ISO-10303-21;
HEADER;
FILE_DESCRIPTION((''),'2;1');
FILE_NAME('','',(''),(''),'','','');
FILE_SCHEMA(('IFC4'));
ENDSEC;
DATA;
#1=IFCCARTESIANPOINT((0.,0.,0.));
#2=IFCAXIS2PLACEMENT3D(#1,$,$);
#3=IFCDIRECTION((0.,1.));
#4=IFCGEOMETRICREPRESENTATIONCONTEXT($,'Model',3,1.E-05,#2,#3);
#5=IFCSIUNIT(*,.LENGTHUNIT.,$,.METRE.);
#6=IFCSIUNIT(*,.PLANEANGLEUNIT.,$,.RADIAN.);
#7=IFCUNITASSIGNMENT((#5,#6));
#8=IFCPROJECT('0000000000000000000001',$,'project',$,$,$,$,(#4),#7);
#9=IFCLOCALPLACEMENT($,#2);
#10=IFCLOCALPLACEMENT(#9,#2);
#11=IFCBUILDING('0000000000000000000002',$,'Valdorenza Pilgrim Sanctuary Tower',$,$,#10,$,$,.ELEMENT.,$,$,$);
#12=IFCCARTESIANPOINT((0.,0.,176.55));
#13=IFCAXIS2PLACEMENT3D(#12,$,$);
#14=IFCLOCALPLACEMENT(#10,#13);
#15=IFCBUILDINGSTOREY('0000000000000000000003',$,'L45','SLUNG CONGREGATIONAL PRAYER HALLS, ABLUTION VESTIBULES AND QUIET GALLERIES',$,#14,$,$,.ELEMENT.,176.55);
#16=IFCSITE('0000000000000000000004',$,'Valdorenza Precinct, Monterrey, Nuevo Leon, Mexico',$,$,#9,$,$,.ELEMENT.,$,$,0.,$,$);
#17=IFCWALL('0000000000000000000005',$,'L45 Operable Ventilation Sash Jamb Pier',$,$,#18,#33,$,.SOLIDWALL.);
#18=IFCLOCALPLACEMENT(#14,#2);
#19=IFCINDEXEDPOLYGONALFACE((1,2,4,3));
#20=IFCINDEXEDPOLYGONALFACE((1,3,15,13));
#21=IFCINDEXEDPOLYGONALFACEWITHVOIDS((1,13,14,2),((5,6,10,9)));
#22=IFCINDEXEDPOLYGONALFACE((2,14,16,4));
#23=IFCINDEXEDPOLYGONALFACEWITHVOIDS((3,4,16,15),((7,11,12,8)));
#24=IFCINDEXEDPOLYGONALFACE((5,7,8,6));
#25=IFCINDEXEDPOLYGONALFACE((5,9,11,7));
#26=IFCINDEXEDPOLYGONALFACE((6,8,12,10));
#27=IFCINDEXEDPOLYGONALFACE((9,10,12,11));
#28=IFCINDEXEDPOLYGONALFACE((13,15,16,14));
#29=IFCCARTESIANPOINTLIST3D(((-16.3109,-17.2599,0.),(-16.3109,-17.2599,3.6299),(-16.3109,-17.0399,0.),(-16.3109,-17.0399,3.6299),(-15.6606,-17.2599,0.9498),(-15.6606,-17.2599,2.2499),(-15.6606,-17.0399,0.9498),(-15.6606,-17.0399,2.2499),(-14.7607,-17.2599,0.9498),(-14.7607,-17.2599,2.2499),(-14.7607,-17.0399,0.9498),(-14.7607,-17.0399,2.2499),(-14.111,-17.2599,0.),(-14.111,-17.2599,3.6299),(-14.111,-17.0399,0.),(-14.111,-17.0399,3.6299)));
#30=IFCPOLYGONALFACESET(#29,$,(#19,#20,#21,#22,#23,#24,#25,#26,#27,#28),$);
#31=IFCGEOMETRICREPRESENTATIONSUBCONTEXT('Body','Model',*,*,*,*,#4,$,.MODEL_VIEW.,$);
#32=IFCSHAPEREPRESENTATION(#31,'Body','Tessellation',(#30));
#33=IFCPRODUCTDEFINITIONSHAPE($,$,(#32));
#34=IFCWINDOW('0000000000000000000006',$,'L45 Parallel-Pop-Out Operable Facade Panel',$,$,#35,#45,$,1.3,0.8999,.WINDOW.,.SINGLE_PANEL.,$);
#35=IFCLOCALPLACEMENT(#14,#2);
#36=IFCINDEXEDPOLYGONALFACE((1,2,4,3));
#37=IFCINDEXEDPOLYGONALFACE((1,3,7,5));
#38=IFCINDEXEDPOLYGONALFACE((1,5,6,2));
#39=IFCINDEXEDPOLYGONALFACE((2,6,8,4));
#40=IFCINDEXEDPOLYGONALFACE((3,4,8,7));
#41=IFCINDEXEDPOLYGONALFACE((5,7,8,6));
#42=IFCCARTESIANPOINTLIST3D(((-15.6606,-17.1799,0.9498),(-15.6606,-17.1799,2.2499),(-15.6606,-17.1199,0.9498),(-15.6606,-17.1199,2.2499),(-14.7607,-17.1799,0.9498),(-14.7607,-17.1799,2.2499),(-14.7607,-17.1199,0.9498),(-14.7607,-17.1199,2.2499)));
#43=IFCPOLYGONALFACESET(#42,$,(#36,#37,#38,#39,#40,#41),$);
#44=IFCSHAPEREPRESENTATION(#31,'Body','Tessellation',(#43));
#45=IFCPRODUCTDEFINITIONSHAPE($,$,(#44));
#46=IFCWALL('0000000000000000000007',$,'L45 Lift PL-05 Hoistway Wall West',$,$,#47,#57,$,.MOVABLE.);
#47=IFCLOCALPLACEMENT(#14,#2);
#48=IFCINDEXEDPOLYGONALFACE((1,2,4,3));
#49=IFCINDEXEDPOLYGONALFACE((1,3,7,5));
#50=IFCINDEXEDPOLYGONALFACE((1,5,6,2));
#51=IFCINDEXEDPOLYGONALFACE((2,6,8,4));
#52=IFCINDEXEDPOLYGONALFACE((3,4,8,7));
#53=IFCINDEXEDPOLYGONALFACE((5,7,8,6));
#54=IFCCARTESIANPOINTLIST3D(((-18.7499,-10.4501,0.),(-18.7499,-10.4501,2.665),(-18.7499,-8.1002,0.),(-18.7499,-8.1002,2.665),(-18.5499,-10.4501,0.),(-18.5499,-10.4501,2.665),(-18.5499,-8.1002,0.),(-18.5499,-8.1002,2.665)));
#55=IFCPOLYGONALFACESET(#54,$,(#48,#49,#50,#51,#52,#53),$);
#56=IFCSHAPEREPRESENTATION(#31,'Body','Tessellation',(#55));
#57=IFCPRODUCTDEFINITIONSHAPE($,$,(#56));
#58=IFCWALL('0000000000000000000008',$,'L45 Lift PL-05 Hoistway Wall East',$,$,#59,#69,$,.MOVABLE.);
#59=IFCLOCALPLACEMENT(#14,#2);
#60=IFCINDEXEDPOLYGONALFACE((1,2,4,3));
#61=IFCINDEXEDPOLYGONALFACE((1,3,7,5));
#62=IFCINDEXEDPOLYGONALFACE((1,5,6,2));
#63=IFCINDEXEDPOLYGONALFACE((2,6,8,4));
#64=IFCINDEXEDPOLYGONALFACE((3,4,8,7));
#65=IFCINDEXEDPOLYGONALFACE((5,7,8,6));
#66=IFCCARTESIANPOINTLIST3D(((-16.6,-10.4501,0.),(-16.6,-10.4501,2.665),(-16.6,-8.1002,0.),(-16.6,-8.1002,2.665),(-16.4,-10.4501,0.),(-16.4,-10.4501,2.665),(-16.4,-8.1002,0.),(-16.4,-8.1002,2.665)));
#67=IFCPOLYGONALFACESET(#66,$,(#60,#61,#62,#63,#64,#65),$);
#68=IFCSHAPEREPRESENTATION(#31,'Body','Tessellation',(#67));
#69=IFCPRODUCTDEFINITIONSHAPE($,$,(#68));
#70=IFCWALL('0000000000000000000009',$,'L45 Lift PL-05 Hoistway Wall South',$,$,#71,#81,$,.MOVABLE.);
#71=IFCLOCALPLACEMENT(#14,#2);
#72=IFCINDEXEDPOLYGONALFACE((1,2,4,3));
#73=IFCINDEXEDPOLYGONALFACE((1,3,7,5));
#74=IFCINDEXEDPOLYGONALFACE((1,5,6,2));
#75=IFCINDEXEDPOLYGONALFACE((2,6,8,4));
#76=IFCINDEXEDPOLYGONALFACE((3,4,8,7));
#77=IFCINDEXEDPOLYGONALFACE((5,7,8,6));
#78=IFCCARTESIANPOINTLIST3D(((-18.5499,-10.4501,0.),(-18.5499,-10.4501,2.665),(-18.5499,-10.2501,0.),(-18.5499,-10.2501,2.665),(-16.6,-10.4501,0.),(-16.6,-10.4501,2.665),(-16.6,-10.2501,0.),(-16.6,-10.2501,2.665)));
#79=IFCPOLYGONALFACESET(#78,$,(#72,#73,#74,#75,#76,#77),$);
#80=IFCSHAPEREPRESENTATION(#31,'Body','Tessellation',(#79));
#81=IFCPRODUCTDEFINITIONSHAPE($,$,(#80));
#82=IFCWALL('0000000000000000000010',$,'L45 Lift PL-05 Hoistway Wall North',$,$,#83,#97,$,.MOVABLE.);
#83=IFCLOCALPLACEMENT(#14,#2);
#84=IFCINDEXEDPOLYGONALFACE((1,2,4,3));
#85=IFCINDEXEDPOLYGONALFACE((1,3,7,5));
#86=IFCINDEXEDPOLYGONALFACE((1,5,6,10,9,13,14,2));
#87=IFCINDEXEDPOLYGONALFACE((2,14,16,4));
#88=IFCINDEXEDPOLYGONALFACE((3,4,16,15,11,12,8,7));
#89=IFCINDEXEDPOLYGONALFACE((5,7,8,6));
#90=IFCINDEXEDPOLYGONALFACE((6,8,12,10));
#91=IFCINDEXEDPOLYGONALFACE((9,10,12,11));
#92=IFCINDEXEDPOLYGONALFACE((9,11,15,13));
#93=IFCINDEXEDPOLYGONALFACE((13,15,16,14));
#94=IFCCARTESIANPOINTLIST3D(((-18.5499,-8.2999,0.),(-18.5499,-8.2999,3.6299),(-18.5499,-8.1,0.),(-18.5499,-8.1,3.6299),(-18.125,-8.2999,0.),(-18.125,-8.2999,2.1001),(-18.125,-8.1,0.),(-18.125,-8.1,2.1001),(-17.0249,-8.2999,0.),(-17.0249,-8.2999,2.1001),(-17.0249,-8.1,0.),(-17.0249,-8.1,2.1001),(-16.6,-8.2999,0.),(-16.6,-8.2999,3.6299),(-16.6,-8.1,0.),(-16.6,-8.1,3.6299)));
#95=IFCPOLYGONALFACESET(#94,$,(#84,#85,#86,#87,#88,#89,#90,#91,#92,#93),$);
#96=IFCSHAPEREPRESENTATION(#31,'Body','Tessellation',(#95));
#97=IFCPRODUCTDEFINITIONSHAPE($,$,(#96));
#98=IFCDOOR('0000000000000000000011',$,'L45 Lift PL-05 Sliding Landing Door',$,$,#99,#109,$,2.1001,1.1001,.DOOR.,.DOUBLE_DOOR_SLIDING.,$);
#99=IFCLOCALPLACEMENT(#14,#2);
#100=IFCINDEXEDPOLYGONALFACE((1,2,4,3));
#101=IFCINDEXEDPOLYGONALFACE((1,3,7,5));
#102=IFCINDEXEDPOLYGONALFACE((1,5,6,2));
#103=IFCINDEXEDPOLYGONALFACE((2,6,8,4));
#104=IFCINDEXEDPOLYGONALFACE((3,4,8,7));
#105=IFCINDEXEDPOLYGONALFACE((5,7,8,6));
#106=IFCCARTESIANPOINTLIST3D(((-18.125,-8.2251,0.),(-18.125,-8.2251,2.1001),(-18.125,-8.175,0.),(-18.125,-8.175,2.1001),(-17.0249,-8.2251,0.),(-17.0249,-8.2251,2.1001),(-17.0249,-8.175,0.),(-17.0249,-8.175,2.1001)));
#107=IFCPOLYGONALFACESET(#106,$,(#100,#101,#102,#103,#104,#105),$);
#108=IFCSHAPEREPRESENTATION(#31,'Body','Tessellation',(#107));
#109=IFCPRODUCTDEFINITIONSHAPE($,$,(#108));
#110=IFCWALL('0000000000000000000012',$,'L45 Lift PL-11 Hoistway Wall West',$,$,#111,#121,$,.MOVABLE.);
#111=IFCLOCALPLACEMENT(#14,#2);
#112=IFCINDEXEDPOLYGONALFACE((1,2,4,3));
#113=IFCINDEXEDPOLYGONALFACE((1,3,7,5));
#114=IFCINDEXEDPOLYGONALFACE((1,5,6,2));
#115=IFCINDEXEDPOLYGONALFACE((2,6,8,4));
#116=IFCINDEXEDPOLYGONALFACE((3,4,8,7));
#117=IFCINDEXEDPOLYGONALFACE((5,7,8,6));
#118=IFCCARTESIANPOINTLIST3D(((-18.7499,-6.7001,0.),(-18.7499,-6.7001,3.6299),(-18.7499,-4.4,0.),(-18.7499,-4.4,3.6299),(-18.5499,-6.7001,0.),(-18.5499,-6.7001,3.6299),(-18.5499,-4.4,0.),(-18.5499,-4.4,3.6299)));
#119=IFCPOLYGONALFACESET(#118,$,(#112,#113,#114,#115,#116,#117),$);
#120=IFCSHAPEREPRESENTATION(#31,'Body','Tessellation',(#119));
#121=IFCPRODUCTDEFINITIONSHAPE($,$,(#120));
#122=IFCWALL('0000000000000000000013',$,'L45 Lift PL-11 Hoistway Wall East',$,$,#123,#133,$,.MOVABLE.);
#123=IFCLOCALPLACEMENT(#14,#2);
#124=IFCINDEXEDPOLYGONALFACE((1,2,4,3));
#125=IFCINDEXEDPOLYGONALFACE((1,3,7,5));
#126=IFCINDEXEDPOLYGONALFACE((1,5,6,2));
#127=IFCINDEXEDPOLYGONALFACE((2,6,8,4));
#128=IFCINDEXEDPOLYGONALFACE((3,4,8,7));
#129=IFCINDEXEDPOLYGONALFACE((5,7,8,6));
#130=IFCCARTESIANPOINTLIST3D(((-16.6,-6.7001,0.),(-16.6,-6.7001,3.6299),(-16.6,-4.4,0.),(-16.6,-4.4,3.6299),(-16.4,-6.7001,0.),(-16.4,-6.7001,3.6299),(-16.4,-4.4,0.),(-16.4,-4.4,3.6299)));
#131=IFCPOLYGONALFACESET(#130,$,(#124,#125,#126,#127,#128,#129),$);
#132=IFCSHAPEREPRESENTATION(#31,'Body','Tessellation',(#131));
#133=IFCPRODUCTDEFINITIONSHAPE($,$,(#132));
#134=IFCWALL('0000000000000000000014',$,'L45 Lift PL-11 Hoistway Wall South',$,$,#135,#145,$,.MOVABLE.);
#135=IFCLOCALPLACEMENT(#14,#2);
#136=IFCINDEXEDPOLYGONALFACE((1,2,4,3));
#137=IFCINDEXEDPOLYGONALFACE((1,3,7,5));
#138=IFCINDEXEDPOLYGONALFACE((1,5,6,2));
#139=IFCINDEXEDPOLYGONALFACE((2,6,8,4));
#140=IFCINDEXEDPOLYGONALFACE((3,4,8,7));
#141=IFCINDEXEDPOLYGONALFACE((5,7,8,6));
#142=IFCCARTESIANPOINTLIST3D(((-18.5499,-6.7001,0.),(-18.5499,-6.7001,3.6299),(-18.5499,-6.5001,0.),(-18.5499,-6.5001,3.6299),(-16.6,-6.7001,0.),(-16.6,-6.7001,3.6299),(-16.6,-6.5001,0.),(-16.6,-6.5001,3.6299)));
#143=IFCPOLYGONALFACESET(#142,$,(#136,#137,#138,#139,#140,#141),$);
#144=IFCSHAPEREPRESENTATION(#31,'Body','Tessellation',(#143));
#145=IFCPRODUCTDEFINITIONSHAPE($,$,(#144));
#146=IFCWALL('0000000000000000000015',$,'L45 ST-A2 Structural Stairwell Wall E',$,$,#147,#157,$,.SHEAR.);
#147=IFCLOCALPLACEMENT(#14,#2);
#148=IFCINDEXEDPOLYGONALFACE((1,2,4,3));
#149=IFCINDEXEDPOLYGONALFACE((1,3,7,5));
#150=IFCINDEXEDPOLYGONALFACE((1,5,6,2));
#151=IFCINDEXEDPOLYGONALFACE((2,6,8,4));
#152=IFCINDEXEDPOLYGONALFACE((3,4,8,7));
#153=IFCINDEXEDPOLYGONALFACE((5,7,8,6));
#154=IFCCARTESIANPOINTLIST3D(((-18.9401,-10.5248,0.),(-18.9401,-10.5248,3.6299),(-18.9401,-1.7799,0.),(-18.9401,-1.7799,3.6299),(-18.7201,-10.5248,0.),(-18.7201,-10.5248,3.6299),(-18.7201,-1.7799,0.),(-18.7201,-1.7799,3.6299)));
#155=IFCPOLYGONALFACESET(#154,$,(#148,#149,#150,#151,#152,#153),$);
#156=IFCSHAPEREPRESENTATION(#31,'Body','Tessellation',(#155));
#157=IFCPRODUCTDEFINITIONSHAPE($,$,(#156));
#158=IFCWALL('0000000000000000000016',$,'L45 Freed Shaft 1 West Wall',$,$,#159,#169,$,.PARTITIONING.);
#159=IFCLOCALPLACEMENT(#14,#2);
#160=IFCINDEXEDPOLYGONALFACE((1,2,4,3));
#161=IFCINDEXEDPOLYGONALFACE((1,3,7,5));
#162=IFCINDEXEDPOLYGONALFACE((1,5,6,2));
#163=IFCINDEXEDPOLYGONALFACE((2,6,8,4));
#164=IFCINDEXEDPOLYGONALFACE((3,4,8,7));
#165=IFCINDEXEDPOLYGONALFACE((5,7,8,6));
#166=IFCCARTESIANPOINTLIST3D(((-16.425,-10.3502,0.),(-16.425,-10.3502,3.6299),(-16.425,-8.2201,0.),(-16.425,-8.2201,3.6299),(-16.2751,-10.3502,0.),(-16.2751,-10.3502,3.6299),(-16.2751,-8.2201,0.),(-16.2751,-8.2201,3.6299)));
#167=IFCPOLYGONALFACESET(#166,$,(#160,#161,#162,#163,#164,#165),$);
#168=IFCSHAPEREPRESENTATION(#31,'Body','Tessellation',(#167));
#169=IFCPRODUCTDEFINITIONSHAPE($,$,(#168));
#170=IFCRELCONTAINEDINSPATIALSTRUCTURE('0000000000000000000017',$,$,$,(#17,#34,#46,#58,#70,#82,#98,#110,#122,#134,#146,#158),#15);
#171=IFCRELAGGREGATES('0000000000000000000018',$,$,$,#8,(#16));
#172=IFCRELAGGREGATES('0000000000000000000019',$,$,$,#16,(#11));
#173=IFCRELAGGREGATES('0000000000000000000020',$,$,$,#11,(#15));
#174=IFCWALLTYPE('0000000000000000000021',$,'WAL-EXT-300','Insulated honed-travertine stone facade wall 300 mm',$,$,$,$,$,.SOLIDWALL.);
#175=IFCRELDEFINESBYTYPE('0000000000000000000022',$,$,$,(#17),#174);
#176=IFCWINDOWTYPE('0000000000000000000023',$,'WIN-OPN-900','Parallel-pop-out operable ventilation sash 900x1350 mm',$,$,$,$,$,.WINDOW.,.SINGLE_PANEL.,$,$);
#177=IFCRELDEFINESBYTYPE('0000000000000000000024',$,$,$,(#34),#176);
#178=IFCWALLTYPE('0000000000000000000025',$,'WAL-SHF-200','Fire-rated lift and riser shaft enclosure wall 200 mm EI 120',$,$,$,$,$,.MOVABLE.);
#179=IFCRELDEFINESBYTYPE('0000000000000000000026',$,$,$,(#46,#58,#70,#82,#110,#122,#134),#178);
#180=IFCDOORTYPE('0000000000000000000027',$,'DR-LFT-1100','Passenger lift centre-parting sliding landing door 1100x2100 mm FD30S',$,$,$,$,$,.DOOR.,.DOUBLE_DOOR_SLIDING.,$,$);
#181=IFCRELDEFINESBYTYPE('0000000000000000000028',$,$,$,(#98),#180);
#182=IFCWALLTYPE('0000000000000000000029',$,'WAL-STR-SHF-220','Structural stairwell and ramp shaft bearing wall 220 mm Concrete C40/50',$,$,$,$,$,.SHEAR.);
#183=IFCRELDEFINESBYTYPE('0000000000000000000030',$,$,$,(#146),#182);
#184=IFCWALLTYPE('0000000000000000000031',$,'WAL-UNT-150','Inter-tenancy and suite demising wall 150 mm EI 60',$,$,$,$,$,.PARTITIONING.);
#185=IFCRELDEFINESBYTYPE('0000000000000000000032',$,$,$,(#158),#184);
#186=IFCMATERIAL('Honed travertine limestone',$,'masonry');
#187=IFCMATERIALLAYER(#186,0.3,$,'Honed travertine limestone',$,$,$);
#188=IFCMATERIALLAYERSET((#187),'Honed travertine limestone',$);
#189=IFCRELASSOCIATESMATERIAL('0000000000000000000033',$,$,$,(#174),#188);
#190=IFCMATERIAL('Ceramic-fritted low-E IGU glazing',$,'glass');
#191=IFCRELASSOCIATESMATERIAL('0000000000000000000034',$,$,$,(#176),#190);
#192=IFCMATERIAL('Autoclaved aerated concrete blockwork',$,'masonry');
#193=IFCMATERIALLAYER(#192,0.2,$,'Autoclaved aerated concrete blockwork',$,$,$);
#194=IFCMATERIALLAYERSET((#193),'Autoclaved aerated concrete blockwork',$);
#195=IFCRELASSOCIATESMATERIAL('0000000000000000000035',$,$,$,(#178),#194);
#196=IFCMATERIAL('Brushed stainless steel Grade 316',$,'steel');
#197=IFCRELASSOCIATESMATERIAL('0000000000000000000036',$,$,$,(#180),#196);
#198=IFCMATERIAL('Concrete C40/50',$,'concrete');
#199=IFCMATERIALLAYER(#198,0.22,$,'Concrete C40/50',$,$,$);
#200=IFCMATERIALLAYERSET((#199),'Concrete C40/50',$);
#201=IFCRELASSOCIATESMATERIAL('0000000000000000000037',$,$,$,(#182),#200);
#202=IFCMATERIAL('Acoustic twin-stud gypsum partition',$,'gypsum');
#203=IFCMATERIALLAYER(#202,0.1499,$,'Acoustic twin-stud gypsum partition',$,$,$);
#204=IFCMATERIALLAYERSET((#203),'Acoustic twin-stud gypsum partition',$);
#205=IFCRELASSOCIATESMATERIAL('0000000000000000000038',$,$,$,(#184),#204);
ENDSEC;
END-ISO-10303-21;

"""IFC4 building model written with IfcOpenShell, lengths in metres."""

from ifc_helpers import new_model, si_unit, direction, frame, frame_2d, origin, place, context, subcontext, project, spatial, rectangle, extrude, material, layer, layer_set, type_object, element, fill, save


model = new_model("IFC4")

# Units and contexts
model_context = context("Model", 3, precision=1e-05, world=origin(), true_north=direction((0.0, 1.0)))
body_context = subcontext(model_context, "Body", "Model", "MODEL_VIEW")
ifc_project = project(units=[si_unit("LENGTHUNIT", "METRE"), si_unit("PLANEANGLEUNIT", "RADIAN")], contexts=[model_context])

# Site, building, storey
site_placement = place(None, origin())
site = spatial("IfcSite", under=ifc_project, at=site_placement, Name="Valdorenza Precinct, Monterrey, Nuevo Leon, Mexico", CompositionType="ELEMENT", RefElevation=0.0)
building_placement = place(site_placement, origin())
building = spatial("IfcBuilding", under=site, at=building_placement, Name="Valdorenza Pilgrim Sanctuary Tower", CompositionType="ELEMENT")
storey_placement = place(building_placement, frame((0.0, 0.0, 176.55)))
storey = spatial("IfcBuildingStorey", under=building, at=storey_placement, Name="L45", Description="SLUNG CONGREGATIONAL PRAYER HALLS, ABLUTION VESTIBULES AND QUIET GALLERIES", CompositionType="ELEMENT", Elevation=176.55)

# Shared definitions
ifc_material_1 = material(Name="Honed travertine limestone", Category="masonry")
ifc_material_2 = material(Name="Ceramic-fritted low-E IGU glazing", Category="glass")

# Shared definitions
ifc_material_3 = material(Name="Acoustic twin-stud gypsum partition", Category="gypsum")

# Wall, opening, window
ifc_layer_1 = layer(ifc_material_1, 0.3, Name="Honed travertine limestone")
ifc_layer_set_1 = layer_set([ifc_layer_1], Name="Honed travertine limestone")
wall_type_1 = type_object("IfcWallType", Name="WAL-EXT-300", Description="Insulated honed-travertine stone facade wall 300 mm", PredefinedType="SOLIDWALL", material=ifc_layer_set_1)
wall_1_placement = place(storey_placement, frame((-14.1108, -17.1499, 0.0), z_axis=(0.0, 0.0, 1.0), x_axis=(-1.0, 0.0, 0.0)))
wall_1 = element("IfcWall", 1, at=wall_1_placement, inside=storey, type_object=wall_type_1, Name="L45 Operable Ventilation Sash Jamb Pier", PredefinedType="SOLIDWALL", context=body_context, shape_type="SweptSolid", body=[
    extrude(rectangle(XDim=2.2, YDim=0.22, at=frame_2d((1.1001, 0.0))), origin(), (0.0, 0.0, 1.0), 3.6299),
])
opening_1_placement = place(wall_1_placement, frame((0.6499, 0.0, 0.95)))
opening_1 = element("IfcOpeningElement", 2, at=opening_1_placement, cuts=wall_1, PredefinedType="OPENING", context=body_context, shape_type="SweptSolid", body=[
    extrude(rectangle(XDim=0.8999, YDim=1.3, at=frame_2d((0.45, 0.6499))), frame((0.0, 0.125, 0.0), z_axis=(0.0, -1.0, 0.0), x_axis=(1.0, 0.0, 0.0)), (0.0, 0.0, 1.0), 0.2498),
])
window_type = type_object("IfcWindowType", Name="WIN-OPN-900", Description="Parallel-pop-out operable ventilation sash 900x1350 mm", PartitioningType="SINGLE_PANEL", PredefinedType="WINDOW", material=ifc_material_2)
window_placement = place(opening_1_placement, origin())
window = element("IfcWindow", 3, at=window_placement, inside=storey, type_object=window_type, Name="L45 Parallel-Pop-Out Operable Facade Panel", OverallHeight=1.3, OverallWidth=0.8999, PartitioningType="SINGLE_PANEL", PredefinedType="WINDOW", context=body_context, shape_type="SweptSolid", body=[
    extrude(rectangle(XDim=0.8999, YDim=1.3, at=frame_2d((0.45, 0.6499))), frame((0.0, 0.03, 0.0), z_axis=(0.0, -1.0, 0.0), x_axis=(1.0, 0.0, 0.0)), (0.0, 0.0, 1.0), 0.0601),
])
fill(opening_1, window)

# Walls
ifc_material_4 = material(Name="Autoclaved aerated concrete blockwork", Category="masonry")
ifc_layer_2 = layer(ifc_material_4, 0.2, Name="Autoclaved aerated concrete blockwork")
ifc_layer_set_2 = layer_set([ifc_layer_2], Name="Autoclaved aerated concrete blockwork")
wall_type_2 = type_object("IfcWallType", Name="WAL-SHF-200", Description="Fire-rated lift and riser shaft enclosure wall 200 mm EI 120", PredefinedType="MOVABLE", material=ifc_layer_set_2)
for number, where, z_axis, x_axis, name in (
    (4, (-18.6499, -10.45, 0.0), (0.0, 0.0, 1.0), (0.0, 1.0, 0.0), "L45 Lift PL-05 Hoistway Wall West"),
    (5, (-16.5, -10.45, 0.0), (0.0, 0.0, 1.0), (0.0, 1.0, 0.0), "L45 Lift PL-05 Hoistway Wall East"),
):
    element("IfcWall", number, at=place(storey_placement, frame(where, z_axis=z_axis, x_axis=x_axis)), inside=storey, type_object=wall_type_2, Name=name, PredefinedType="MOVABLE", context=body_context, shape_type="SweptSolid", body=[
        extrude(rectangle(XDim=2.3499, YDim=0.2, at=frame_2d((1.1748, 0.0))), origin(), (0.0, 0.0, 1.0), 2.665),
    ])
wall_2_placement = place(storey_placement, frame((-18.55, -10.3501, 0.0), z_axis=(0.0, 0.0, 1.0), x_axis=(1.0, 0.0, 0.0)))
element("IfcWall", 6, at=wall_2_placement, inside=storey, type_object=wall_type_2, Name="L45 Lift PL-05 Hoistway Wall South", PredefinedType="MOVABLE", context=body_context, shape_type="SweptSolid", body=[
    extrude(rectangle(XDim=1.95, YDim=0.2, at=frame_2d((0.9751, 0.0))), origin(), (0.0, 0.0, 1.0), 2.665),
])

# Wall, opening, door
wall_3_placement = place(storey_placement, frame((-18.55, -8.2, 0.0), z_axis=(0.0, 0.0, 1.0), x_axis=(1.0, 0.0, 0.0)))
wall_3 = element("IfcWall", 7, at=wall_3_placement, inside=storey, type_object=wall_type_2, Name="L45 Lift PL-05 Hoistway Wall North", PredefinedType="MOVABLE", context=body_context, shape_type="SweptSolid", body=[
    extrude(rectangle(XDim=1.95, YDim=0.2, at=frame_2d((0.9751, 0.0))), origin(), (0.0, 0.0, 1.0), 3.6299),
])
opening_2_placement = place(wall_3_placement, frame((0.425, 0.0, 0.0)))
opening_2 = element("IfcOpeningElement", 8, at=opening_2_placement, cuts=wall_3, PredefinedType="OPENING", context=body_context, shape_type="SweptSolid", body=[
    extrude(rectangle(XDim=1.1001, YDim=2.1001, at=frame_2d((0.55, 1.05))), frame((0.0, 0.1147, 0.0), z_axis=(0.0, -1.0, 0.0), x_axis=(1.0, 0.0, 0.0)), (0.0, 0.0, 1.0), 0.2297),
])
ifc_material_5 = material(Name="Brushed stainless steel Grade 316", Category="steel")
door_type_1 = type_object("IfcDoorType", Name="DR-LFT-1100", Description="Passenger lift centre-parting sliding landing door 1100x2100 mm FD30S", OperationType="DOUBLE_DOOR_SLIDING", PredefinedType="DOOR", material=ifc_material_5)
door_1_placement = place(opening_2_placement, origin())
door_1 = element("IfcDoor", 9, at=door_1_placement, inside=storey, type_object=door_type_1, Name="L45 Lift PL-05 Sliding Landing Door", OperationType="DOUBLE_DOOR_SLIDING", OverallHeight=2.1001, OverallWidth=1.1001, PredefinedType="DOOR", context=body_context, shape_type="SweptSolid", body=[
    extrude(rectangle(XDim=1.1001, YDim=2.1001, at=frame_2d((0.55, 1.05))), frame((0.0, 0.0249, 0.0), z_axis=(0.0, -1.0, 0.0), x_axis=(1.0, 0.0, 0.0)), (0.0, 0.0, 1.0), 0.05),
])
fill(opening_2, door_1)

# Walls
for number, where, z_axis, x_axis, name in (
    (10, (-18.6499, -6.7, 0.0), (0.0, 0.0, 1.0), (0.0, 1.0, 0.0), "L45 Lift PL-11 Hoistway Wall West"),
    (11, (-16.5, -6.7, 0.0), (0.0, 0.0, 1.0), (0.0, 1.0, 0.0), "L45 Lift PL-11 Hoistway Wall East"),
):
    element("IfcWall", number, at=place(storey_placement, frame(where, z_axis=z_axis, x_axis=x_axis)), inside=storey, type_object=wall_type_2, Name=name, PredefinedType="MOVABLE", context=body_context, shape_type="SweptSolid", body=[
        extrude(rectangle(XDim=2.3, YDim=0.2, at=frame_2d((1.1499, 0.0))), origin(), (0.0, 0.0, 1.0), 3.6299),
    ])
wall_4_placement = place(storey_placement, frame((-18.55, -6.6001, 0.0), z_axis=(0.0, 0.0, 1.0), x_axis=(1.0, 0.0, 0.0)))
element("IfcWall", 12, at=wall_4_placement, inside=storey, type_object=wall_type_2, Name="L45 Lift PL-11 Hoistway Wall South", PredefinedType="MOVABLE", context=body_context, shape_type="SweptSolid", body=[
    extrude(rectangle(XDim=1.95, YDim=0.2, at=frame_2d((0.9751, 0.0))), origin(), (0.0, 0.0, 1.0), 3.6299),
])
ifc_material_6 = material(Name="Concrete C40/50", Category="concrete")
ifc_layer_3 = layer(ifc_material_6, 0.22, Name="Concrete C40/50")
ifc_layer_set_3 = layer_set([ifc_layer_3], Name="Concrete C40/50")
wall_type_3 = type_object("IfcWallType", Name="WAL-STR-SHF-220", Description="Structural stairwell and ramp shaft bearing wall 220 mm Concrete C40/50", PredefinedType="SHEAR", material=ifc_layer_set_3)
wall_5_placement = place(storey_placement, frame((-18.8301, -10.5249, 0.0), z_axis=(0.0, 0.0, 1.0), x_axis=(0.0, 1.0, 0.0)))
element("IfcWall", 13, at=wall_5_placement, inside=storey, type_object=wall_type_3, Name="L45 ST-A2 Structural Stairwell Wall E", PredefinedType="SHEAR", context=body_context, shape_type="SweptSolid", body=[
    extrude(rectangle(XDim=8.7449, YDim=0.22, at=frame_2d((4.3726, 0.0))), origin(), (0.0, 0.0, 1.0), 3.6299),
])
ifc_layer_4 = layer(ifc_material_3, 0.1499, Name="Acoustic twin-stud gypsum partition")
ifc_layer_set_4 = layer_set([ifc_layer_4], Name="Acoustic twin-stud gypsum partition")
wall_type_4 = type_object("IfcWallType", Name="WAL-UNT-150", Description="Inter-tenancy and suite demising wall 150 mm EI 60", PredefinedType="PARTITIONING", material=ifc_layer_set_4)
wall_6_placement = place(storey_placement, frame((-16.3501, -10.3501, 0.0), z_axis=(0.0, 0.0, 1.0), x_axis=(0.0, 1.0, 0.0)))
element("IfcWall", 14, at=wall_6_placement, inside=storey, type_object=wall_type_4, Name="L45 Freed Shaft 1 West Wall", PredefinedType="PARTITIONING", context=body_context, shape_type="SweptSolid", body=[
    extrude(rectangle(XDim=2.1301, YDim=0.1499, at=frame_2d((1.0649, 0.0))), origin(), (0.0, 0.0, 1.0), 3.6299),
])

save(model, "model.ifc")
